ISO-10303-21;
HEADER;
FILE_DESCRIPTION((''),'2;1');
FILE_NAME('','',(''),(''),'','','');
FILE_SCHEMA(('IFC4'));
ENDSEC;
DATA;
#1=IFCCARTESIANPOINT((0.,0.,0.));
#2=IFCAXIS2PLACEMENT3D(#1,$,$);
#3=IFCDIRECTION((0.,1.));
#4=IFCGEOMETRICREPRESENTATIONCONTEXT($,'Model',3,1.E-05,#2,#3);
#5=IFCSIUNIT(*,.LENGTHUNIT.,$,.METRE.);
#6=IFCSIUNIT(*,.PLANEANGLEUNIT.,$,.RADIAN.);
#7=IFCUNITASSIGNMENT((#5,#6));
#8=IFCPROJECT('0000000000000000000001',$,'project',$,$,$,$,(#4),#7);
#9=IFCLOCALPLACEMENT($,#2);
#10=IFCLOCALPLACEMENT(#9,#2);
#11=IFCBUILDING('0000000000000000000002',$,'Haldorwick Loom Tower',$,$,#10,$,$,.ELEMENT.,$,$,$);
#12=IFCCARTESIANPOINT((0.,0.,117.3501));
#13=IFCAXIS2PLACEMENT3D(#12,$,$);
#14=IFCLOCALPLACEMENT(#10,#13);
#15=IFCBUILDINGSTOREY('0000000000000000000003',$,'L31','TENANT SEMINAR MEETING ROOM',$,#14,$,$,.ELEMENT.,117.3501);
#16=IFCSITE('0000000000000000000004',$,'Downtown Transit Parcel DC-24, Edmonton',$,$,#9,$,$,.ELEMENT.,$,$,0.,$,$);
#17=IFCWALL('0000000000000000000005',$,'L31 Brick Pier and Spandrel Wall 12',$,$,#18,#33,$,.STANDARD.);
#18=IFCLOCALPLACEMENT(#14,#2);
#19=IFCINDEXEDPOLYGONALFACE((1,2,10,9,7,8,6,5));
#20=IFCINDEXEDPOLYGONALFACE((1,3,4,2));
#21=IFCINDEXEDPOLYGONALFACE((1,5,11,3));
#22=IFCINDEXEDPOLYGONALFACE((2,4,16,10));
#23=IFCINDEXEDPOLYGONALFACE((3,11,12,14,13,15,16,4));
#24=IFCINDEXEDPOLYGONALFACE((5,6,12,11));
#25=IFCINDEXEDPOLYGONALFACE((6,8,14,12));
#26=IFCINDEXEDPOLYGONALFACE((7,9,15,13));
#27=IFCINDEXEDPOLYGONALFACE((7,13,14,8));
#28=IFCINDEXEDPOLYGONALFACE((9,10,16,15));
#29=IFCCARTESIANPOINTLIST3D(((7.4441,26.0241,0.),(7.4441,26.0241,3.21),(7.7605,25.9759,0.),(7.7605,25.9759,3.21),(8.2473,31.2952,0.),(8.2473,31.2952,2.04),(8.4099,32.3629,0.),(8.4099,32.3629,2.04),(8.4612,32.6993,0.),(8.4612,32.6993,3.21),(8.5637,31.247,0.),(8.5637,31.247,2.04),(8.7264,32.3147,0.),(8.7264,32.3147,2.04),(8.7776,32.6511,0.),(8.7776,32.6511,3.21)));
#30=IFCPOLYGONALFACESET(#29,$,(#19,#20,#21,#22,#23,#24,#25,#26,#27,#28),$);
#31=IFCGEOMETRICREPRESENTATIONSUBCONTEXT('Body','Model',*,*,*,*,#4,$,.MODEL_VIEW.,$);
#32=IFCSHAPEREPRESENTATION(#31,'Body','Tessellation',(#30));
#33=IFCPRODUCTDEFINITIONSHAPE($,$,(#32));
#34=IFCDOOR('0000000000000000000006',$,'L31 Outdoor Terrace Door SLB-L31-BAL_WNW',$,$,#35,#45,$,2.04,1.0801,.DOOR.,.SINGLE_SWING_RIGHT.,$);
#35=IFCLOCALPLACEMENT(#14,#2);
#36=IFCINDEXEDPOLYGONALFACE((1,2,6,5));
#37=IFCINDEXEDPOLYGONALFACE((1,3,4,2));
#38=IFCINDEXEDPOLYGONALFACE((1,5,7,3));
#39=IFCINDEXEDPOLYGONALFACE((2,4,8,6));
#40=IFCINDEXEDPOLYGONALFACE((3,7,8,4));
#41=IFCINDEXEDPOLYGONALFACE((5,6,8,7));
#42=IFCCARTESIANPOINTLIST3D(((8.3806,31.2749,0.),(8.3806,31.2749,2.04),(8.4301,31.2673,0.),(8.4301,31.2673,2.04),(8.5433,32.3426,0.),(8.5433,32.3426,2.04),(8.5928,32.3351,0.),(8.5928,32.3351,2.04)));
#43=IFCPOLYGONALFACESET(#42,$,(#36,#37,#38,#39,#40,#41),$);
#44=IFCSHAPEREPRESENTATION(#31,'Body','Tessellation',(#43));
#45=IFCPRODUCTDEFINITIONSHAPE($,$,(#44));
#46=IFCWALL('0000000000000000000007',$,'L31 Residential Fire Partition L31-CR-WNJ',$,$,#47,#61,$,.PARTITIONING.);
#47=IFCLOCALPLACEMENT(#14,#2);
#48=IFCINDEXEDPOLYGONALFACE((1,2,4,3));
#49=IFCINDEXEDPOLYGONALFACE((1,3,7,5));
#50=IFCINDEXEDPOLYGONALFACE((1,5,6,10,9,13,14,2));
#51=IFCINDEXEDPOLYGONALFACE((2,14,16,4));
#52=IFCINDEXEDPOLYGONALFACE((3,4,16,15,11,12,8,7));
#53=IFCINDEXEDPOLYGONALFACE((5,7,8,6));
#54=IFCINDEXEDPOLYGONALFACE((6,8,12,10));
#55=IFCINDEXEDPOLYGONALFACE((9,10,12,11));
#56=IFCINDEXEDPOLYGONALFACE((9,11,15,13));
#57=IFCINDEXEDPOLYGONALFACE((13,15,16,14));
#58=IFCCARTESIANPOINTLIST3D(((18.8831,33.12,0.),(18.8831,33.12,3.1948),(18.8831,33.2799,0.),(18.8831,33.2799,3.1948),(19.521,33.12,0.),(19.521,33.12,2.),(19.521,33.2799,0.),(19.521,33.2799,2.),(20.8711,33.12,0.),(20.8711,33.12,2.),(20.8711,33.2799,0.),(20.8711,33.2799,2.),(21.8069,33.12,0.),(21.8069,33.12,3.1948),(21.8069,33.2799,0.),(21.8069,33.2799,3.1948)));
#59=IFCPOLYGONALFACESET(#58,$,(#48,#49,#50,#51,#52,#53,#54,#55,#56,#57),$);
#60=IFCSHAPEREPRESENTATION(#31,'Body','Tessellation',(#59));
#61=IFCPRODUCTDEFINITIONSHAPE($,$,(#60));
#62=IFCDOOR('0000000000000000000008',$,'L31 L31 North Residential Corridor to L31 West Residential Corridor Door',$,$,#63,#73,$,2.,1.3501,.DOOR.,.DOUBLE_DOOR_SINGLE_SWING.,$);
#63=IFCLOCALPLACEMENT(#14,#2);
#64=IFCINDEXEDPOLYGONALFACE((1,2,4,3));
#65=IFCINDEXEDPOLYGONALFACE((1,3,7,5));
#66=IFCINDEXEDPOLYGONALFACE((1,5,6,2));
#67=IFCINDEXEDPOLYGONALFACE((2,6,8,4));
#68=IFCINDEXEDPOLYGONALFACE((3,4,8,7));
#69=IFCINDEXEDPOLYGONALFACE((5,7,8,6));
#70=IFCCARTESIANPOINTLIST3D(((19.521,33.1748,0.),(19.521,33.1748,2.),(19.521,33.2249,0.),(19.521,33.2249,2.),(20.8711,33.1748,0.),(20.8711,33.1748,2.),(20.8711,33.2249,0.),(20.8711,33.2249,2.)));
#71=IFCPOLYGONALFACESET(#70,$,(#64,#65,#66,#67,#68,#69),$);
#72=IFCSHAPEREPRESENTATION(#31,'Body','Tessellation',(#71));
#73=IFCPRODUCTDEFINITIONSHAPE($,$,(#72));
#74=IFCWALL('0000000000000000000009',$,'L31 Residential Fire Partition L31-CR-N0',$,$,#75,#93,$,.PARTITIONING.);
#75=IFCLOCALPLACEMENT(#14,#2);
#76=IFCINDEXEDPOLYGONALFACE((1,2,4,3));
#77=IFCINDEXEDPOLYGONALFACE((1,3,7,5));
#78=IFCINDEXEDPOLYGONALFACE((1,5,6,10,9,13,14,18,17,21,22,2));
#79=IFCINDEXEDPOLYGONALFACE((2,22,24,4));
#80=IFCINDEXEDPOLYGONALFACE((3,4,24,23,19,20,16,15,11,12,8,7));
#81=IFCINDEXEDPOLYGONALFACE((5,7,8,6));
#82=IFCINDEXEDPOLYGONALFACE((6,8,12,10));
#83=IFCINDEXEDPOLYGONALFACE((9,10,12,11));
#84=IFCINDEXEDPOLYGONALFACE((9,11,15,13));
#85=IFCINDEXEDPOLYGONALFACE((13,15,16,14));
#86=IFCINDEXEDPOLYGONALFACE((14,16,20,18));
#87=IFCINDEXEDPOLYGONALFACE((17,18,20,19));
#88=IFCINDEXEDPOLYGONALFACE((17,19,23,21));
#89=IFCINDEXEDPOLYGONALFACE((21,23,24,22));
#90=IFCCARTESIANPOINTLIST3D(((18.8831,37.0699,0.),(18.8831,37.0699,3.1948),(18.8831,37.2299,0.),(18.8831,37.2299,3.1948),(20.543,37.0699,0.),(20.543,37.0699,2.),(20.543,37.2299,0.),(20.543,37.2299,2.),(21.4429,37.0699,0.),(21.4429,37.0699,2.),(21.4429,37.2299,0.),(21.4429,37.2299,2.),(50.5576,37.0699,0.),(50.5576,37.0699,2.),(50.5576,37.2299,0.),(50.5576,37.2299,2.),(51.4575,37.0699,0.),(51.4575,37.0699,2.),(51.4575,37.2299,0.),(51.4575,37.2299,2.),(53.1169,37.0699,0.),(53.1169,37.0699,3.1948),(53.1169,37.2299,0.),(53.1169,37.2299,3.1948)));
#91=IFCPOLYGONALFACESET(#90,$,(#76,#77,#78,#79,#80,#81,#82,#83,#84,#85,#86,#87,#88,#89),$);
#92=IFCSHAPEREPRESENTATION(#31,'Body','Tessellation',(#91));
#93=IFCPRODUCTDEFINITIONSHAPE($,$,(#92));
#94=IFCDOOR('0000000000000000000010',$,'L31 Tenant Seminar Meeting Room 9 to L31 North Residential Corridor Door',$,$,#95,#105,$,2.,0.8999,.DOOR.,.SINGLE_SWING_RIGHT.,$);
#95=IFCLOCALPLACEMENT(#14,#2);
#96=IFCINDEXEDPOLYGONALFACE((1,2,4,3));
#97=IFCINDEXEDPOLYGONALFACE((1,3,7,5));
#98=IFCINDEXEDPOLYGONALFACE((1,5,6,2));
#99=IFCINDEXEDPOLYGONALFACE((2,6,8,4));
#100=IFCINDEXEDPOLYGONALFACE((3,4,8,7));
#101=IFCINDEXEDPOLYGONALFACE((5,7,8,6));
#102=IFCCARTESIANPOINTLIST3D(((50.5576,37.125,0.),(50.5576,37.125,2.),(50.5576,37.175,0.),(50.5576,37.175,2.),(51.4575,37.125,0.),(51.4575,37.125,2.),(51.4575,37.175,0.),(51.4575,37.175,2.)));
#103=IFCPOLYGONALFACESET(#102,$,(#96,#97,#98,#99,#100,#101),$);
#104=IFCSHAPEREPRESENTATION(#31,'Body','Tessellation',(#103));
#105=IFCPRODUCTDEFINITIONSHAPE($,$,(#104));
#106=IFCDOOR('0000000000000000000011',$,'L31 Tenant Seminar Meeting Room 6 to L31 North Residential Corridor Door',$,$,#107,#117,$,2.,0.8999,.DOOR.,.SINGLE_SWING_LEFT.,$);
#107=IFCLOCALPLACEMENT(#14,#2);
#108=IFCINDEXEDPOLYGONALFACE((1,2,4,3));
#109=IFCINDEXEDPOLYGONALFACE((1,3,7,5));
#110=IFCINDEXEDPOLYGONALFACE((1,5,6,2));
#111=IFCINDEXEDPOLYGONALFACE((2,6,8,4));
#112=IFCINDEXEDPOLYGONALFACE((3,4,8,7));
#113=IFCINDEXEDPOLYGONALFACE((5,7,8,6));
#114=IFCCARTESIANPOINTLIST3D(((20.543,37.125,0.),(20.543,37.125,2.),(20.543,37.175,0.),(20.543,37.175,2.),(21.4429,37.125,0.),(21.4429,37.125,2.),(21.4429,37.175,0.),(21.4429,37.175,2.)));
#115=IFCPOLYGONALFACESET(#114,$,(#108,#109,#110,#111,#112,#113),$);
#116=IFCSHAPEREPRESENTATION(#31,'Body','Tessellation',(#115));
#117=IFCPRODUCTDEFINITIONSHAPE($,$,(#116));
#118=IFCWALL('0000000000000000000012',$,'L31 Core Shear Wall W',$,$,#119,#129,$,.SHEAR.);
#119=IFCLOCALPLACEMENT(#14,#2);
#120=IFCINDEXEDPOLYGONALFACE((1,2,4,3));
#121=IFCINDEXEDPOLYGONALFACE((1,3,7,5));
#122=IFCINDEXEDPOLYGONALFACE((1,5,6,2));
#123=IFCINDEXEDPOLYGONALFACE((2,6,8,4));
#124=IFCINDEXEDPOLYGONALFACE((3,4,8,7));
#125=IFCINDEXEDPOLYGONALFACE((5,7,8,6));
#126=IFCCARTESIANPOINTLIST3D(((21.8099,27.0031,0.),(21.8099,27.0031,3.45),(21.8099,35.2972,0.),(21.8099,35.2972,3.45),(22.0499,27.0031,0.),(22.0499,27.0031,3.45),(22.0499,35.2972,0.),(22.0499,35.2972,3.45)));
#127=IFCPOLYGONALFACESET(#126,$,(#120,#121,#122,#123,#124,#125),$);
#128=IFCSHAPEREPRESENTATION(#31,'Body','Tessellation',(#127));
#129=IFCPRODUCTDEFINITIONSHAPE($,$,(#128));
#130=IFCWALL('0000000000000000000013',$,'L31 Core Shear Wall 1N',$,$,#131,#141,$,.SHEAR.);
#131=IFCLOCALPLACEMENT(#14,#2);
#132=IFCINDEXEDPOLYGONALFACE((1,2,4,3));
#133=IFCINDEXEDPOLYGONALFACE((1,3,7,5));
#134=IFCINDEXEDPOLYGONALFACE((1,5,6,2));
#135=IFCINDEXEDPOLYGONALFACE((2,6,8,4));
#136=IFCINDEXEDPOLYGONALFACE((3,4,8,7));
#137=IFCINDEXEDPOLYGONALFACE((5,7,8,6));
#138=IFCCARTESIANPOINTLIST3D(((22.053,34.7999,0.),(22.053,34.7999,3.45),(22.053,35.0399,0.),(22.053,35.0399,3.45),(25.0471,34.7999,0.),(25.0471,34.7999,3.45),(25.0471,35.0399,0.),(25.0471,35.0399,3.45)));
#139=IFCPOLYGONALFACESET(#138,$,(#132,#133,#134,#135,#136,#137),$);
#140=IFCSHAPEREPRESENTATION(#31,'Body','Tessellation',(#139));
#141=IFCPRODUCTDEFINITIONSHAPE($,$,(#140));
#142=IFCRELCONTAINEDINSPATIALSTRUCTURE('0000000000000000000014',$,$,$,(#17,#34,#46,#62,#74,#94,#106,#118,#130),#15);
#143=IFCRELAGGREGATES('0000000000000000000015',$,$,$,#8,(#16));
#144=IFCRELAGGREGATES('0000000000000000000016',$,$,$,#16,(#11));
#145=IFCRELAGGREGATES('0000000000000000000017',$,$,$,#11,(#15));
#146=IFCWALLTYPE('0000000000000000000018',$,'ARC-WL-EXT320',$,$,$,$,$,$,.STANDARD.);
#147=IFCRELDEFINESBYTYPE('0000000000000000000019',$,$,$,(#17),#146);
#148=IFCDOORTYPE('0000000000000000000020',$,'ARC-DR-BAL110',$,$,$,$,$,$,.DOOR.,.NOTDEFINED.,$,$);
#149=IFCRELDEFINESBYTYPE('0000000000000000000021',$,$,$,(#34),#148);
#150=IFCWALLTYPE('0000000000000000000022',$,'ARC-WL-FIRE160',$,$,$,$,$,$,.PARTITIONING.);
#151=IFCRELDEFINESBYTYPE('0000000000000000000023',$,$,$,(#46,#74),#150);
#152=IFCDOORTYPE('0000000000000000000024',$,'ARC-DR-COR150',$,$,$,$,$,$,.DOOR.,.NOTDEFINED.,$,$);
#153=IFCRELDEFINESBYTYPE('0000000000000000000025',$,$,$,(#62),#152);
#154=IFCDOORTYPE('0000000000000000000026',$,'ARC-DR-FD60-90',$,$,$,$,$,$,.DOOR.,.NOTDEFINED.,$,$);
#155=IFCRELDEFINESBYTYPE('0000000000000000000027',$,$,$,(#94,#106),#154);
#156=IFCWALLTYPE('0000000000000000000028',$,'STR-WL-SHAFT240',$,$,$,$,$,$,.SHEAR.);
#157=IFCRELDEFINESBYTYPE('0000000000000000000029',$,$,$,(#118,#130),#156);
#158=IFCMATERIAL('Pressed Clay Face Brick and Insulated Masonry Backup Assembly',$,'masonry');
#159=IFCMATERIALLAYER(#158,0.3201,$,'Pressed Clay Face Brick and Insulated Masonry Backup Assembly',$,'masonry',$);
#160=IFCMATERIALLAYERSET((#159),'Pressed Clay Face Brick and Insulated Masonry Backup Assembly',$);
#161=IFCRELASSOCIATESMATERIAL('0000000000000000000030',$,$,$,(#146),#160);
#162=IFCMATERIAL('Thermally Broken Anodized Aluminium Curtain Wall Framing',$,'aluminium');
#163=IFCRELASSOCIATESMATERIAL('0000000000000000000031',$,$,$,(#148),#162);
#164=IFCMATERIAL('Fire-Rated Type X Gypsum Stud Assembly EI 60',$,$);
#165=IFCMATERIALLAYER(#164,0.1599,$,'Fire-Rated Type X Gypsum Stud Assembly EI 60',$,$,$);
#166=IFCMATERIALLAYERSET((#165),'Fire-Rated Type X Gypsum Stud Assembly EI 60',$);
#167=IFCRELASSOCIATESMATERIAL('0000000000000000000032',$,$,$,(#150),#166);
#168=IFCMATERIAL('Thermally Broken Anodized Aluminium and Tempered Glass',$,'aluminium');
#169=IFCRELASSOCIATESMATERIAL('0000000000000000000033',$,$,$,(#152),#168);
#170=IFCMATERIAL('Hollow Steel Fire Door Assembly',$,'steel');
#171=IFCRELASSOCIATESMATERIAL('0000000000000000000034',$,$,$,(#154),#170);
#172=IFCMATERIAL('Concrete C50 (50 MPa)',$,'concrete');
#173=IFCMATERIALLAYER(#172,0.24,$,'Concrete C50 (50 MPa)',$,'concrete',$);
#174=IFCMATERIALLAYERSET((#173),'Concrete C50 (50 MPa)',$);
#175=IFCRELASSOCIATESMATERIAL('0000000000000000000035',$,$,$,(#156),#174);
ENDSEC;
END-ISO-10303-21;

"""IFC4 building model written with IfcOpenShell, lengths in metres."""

from ifc_helpers import new_model, si_unit, direction, frame, frame_2d, origin, place, context, subcontext, project, spatial, rectangle, extrude, material, layer, layer_set, type_object, element, fill, save


model = new_model("IFC4")

# Units and contexts
model_context = context("Model", 3, precision=1e-05, world=origin(), true_north=direction((0.0, 1.0)))
body_context = subcontext(model_context, "Body", "Model", "MODEL_VIEW")
ifc_project = project(units=[si_unit("LENGTHUNIT", "METRE"), si_unit("PLANEANGLEUNIT", "RADIAN")], contexts=[model_context])

# Site, building, storey
site_placement = place(None, origin())
site = spatial("IfcSite", under=ifc_project, at=site_placement, Name="Downtown Transit Parcel DC-24, Edmonton", CompositionType="ELEMENT", RefElevation=0.0)
building_placement = place(site_placement, origin())
building = spatial("IfcBuilding", under=site, at=building_placement, Name="Haldorwick Loom Tower", CompositionType="ELEMENT")
storey_placement = place(building_placement, frame((0.0, 0.0, 117.3501)))
storey = spatial("IfcBuildingStorey", under=building, at=storey_placement, Name="L31", Description="TENANT SEMINAR MEETING ROOM", CompositionType="ELEMENT", Elevation=117.3501)

# Shared definitions
ifc_material_1 = material(Name="Pressed Clay Face Brick and Insulated Masonry Backup Assembly", Category="masonry")
ifc_layer_1 = layer(ifc_material_1, 0.3201, Name="Pressed Clay Face Brick and Insulated Masonry Backup Assembly", Category="masonry")
ifc_layer_set_1 = layer_set([ifc_layer_1], Name="Pressed Clay Face Brick and Insulated Masonry Backup Assembly")
wall_type_1 = type_object("IfcWallType", Name="ARC-WL-EXT320", PredefinedType="STANDARD", material=ifc_layer_set_1)

# Walls, openings, doors
wall_1_placement = place(storey_placement, frame((8.6194, 32.675, 0.0), z_axis=(0.0, 0.0, 1.0), x_axis=(-0.150633, -0.98859, 0.0)))
wall_1 = element("IfcWall", 1, at=wall_1_placement, inside=storey, type_object=wall_type_1, Name="L31 Brick Pier and Spandrel Wall 12", PredefinedType="STANDARD", context=body_context, shape_type="SweptSolid", body=[
    extrude(rectangle(XDim=6.7522, YDim=0.3201, at=frame_2d((3.376, 0.0))), origin(), (0.0, 0.0, 1.0), 3.21),
])
opening_1_placement = place(wall_1_placement, frame((0.3401, 0.0, 0.0)))
opening_1 = element("IfcOpeningElement", 2, at=opening_1_placement, cuts=wall_1, PredefinedType="OPENING", context=body_context, shape_type="SweptSolid", body=[
    extrude(rectangle(XDim=1.0801, YDim=2.04, at=frame_2d((0.54, 1.02))), frame((0.0, 0.1699, 0.0), z_axis=(0.0, -1.0, 0.0), x_axis=(1.0, 0.0, 0.0)), (0.0, 0.0, 1.0), 0.3401),
])
ifc_material_2 = material(Name="Thermally Broken Anodized Aluminium Curtain Wall Framing", Category="aluminium")
door_type_1 = type_object("IfcDoorType", Name="ARC-DR-BAL110", OperationType="NOTDEFINED", PredefinedType="DOOR", material=ifc_material_2)
door_1_placement = place(opening_1_placement, origin())
door_1 = element("IfcDoor", 3, at=door_1_placement, inside=storey, type_object=door_type_1, Name="L31 Outdoor Terrace Door SLB-L31-BAL_WNW", OperationType="SINGLE_SWING_RIGHT", OverallHeight=2.04, OverallWidth=1.0801, PredefinedType="DOOR", context=body_context, shape_type="SweptSolid", body=[
    extrude(rectangle(XDim=1.0801, YDim=2.04, at=frame_2d((0.54, 1.02))), frame((0.0, 0.0249, 0.0), z_axis=(0.0, -1.0, 0.0), x_axis=(1.0, 0.0, 0.0)), (0.0, 0.0, 1.0), 0.05),
])
fill(opening_1, door_1)
ifc_material_3 = material(Name="Fire-Rated Type X Gypsum Stud Assembly EI 60")
ifc_layer_2 = layer(ifc_material_3, 0.1599, Name="Fire-Rated Type X Gypsum Stud Assembly EI 60")
ifc_layer_set_2 = layer_set([ifc_layer_2], Name="Fire-Rated Type X Gypsum Stud Assembly EI 60")
wall_type_2 = type_object("IfcWallType", Name="ARC-WL-FIRE160", PredefinedType="PARTITIONING", material=ifc_layer_set_2)
wall_2_placement = place(storey_placement, frame((18.8831, 33.2, 0.0), z_axis=(0.0, 0.0, 1.0), x_axis=(1.0, 0.0, 0.0)))
wall_2 = element("IfcWall", 4, at=wall_2_placement, inside=storey, type_object=wall_type_2, Name="L31 Residential Fire Partition L31-CR-WNJ", PredefinedType="PARTITIONING", context=body_context, shape_type="SweptSolid", body=[
    extrude(rectangle(XDim=2.9238, YDim=0.1599, at=frame_2d((1.4619, 0.0))), origin(), (0.0, 0.0, 1.0), 3.1948),
])
opening_2_placement = place(wall_2_placement, frame((0.6379, 0.0, 0.0)))
opening_2 = element("IfcOpeningElement", 5, at=opening_2_placement, cuts=wall_2, PredefinedType="OPENING", context=body_context, shape_type="SweptSolid", body=[
    extrude(rectangle(XDim=1.3501, YDim=2.0, at=frame_2d((0.675, 1.0))), frame((0.0, 0.0898, 0.0), z_axis=(0.0, -1.0, 0.0), x_axis=(1.0, 0.0, 0.0)), (0.0, 0.0, 1.0), 0.1799),
])
ifc_material_4 = material(Name="Thermally Broken Anodized Aluminium and Tempered Glass", Category="aluminium")
door_type_2 = type_object("IfcDoorType", Name="ARC-DR-COR150", OperationType="NOTDEFINED", PredefinedType="DOOR", material=ifc_material_4)
door_2_placement = place(opening_2_placement, origin())
door_2 = element("IfcDoor", 6, at=door_2_placement, inside=storey, type_object=door_type_2, Name="L31 L31 North Residential Corridor to L31 West Residential Corridor Door", OperationType="DOUBLE_DOOR_SINGLE_SWING", OverallHeight=2.0, OverallWidth=1.3501, PredefinedType="DOOR", context=body_context, shape_type="SweptSolid", body=[
    extrude(rectangle(XDim=1.3501, YDim=2.0, at=frame_2d((0.675, 1.0))), frame((0.0, 0.0249, 0.0), z_axis=(0.0, -1.0, 0.0), x_axis=(1.0, 0.0, 0.0)), (0.0, 0.0, 1.0), 0.05),
])
fill(opening_2, door_2)

# Wall, openings, doors
wall_3_placement = place(storey_placement, frame((18.8831, 37.1499, 0.0), z_axis=(0.0, 0.0, 1.0), x_axis=(1.0, 0.0, 0.0)))
wall_3 = element("IfcWall", 7, at=wall_3_placement, inside=storey, type_object=wall_type_2, Name="L31 Residential Fire Partition L31-CR-N0", PredefinedType="PARTITIONING", context=body_context, shape_type="SweptSolid", body=[
    extrude(rectangle(XDim=34.2339, YDim=0.1599, at=frame_2d((17.1169, 0.0))), origin(), (0.0, 0.0, 1.0), 3.1948),
])
opening_3_placement = place(wall_3_placement, frame((31.6746, 0.0, 0.0)))
opening_3 = element("IfcOpeningElement", 8, at=opening_3_placement, cuts=wall_3, PredefinedType="OPENING", context=body_context, shape_type="SweptSolid", body=[
    extrude(rectangle(XDim=0.8999, YDim=2.0, at=frame_2d((0.45, 1.0))), frame((0.0, 0.0898, 0.0), z_axis=(0.0, -1.0, 0.0), x_axis=(1.0, 0.0, 0.0)), (0.0, 0.0, 1.0), 0.1799),
])
opening_4_placement = place(wall_3_placement, frame((1.6599, 0.0, 0.0)))
opening_4 = element("IfcOpeningElement", 9, at=opening_4_placement, cuts=wall_3, PredefinedType="OPENING", context=body_context, shape_type="SweptSolid", body=[
    extrude(rectangle(XDim=0.8999, YDim=2.0, at=frame_2d((0.45, 1.0))), frame((0.0, 0.0898, 0.0), z_axis=(0.0, -1.0, 0.0), x_axis=(1.0, 0.0, 0.0)), (0.0, 0.0, 1.0), 0.1799),
])
ifc_material_5 = material(Name="Hollow Steel Fire Door Assembly", Category="steel")
door_type_3 = type_object("IfcDoorType", Name="ARC-DR-FD60-90", OperationType="NOTDEFINED", PredefinedType="DOOR", material=ifc_material_5)
door_3_placement = place(opening_3_placement, frame((0.8999, 0.0, 0.0), z_axis=(0.0, 0.0, 1.0), x_axis=(-1.0, 0.0, 0.0)))
door_3 = element("IfcDoor", 10, at=door_3_placement, inside=storey, type_object=door_type_3, Name="L31 Tenant Seminar Meeting Room 9 to L31 North Residential Corridor Door", OperationType="SINGLE_SWING_RIGHT", OverallHeight=2.0, OverallWidth=0.8999, PredefinedType="DOOR", context=body_context, shape_type="SweptSolid", body=[
    extrude(rectangle(XDim=0.8999, YDim=2.0, at=frame_2d((0.45, 1.0))), frame((0.0, 0.0249, 0.0), z_axis=(0.0, -1.0, 0.0), x_axis=(1.0, 0.0, 0.0)), (0.0, 0.0, 1.0), 0.05),
])
fill(opening_3, door_3)
door_4_placement = place(opening_4_placement, frame((0.8999, 0.0, 0.0), z_axis=(0.0, 0.0, 1.0), x_axis=(-1.0, 0.0, 0.0)))
door_4 = element("IfcDoor", 11, at=door_4_placement, inside=storey, type_object=door_type_3, Name="L31 Tenant Seminar Meeting Room 6 to L31 North Residential Corridor Door", OperationType="SINGLE_SWING_LEFT", OverallHeight=2.0, OverallWidth=0.8999, PredefinedType="DOOR", context=body_context, shape_type="SweptSolid", body=[
    extrude(rectangle(XDim=0.8999, YDim=2.0, at=frame_2d((0.45, 1.0))), frame((0.0, 0.0249, 0.0), z_axis=(0.0, -1.0, 0.0), x_axis=(1.0, 0.0, 0.0)), (0.0, 0.0, 1.0), 0.05),
])
fill(opening_4, door_4)

# Walls
ifc_material_6 = material(Name="Concrete C50 (50 MPa)", Category="concrete")
ifc_layer_3 = layer(ifc_material_6, 0.24, Name="Concrete C50 (50 MPa)", Category="concrete")
ifc_layer_set_3 = layer_set([ifc_layer_3], Name="Concrete C50 (50 MPa)")
wall_type_3 = type_object("IfcWallType", Name="STR-WL-SHAFT240", PredefinedType="SHEAR", material=ifc_layer_set_3)
wall_4_placement = place(storey_placement, frame((21.9299, 35.2971, 0.0), z_axis=(0.0, 0.0, 1.0), x_axis=(0.0, -1.0, 0.0)))
element("IfcWall", 12, at=wall_4_placement, inside=storey, type_object=wall_type_3, Name="L31 Core Shear Wall W", PredefinedType="SHEAR", context=body_context, shape_type="SweptSolid", body=[
    extrude(rectangle(XDim=8.2942, YDim=0.24, at=frame_2d((4.147, 0.0))), origin(), (0.0, 0.0, 1.0), 3.45),
])
wall_5_placement = place(storey_placement, frame((22.053, 34.9199, 0.0), z_axis=(0.0, 0.0, 1.0), x_axis=(1.0, 0.0, 0.0)))
element("IfcWall", 13, at=wall_5_placement, inside=storey, type_object=wall_type_3, Name="L31 Core Shear Wall 1N", PredefinedType="SHEAR", context=body_context, shape_type="SweptSolid", body=[
    extrude(rectangle(XDim=2.9941, YDim=0.24, at=frame_2d((1.4971, 0.0))), origin(), (0.0, 0.0, 1.0), 3.45),
])

save(model, "model.ifc")
